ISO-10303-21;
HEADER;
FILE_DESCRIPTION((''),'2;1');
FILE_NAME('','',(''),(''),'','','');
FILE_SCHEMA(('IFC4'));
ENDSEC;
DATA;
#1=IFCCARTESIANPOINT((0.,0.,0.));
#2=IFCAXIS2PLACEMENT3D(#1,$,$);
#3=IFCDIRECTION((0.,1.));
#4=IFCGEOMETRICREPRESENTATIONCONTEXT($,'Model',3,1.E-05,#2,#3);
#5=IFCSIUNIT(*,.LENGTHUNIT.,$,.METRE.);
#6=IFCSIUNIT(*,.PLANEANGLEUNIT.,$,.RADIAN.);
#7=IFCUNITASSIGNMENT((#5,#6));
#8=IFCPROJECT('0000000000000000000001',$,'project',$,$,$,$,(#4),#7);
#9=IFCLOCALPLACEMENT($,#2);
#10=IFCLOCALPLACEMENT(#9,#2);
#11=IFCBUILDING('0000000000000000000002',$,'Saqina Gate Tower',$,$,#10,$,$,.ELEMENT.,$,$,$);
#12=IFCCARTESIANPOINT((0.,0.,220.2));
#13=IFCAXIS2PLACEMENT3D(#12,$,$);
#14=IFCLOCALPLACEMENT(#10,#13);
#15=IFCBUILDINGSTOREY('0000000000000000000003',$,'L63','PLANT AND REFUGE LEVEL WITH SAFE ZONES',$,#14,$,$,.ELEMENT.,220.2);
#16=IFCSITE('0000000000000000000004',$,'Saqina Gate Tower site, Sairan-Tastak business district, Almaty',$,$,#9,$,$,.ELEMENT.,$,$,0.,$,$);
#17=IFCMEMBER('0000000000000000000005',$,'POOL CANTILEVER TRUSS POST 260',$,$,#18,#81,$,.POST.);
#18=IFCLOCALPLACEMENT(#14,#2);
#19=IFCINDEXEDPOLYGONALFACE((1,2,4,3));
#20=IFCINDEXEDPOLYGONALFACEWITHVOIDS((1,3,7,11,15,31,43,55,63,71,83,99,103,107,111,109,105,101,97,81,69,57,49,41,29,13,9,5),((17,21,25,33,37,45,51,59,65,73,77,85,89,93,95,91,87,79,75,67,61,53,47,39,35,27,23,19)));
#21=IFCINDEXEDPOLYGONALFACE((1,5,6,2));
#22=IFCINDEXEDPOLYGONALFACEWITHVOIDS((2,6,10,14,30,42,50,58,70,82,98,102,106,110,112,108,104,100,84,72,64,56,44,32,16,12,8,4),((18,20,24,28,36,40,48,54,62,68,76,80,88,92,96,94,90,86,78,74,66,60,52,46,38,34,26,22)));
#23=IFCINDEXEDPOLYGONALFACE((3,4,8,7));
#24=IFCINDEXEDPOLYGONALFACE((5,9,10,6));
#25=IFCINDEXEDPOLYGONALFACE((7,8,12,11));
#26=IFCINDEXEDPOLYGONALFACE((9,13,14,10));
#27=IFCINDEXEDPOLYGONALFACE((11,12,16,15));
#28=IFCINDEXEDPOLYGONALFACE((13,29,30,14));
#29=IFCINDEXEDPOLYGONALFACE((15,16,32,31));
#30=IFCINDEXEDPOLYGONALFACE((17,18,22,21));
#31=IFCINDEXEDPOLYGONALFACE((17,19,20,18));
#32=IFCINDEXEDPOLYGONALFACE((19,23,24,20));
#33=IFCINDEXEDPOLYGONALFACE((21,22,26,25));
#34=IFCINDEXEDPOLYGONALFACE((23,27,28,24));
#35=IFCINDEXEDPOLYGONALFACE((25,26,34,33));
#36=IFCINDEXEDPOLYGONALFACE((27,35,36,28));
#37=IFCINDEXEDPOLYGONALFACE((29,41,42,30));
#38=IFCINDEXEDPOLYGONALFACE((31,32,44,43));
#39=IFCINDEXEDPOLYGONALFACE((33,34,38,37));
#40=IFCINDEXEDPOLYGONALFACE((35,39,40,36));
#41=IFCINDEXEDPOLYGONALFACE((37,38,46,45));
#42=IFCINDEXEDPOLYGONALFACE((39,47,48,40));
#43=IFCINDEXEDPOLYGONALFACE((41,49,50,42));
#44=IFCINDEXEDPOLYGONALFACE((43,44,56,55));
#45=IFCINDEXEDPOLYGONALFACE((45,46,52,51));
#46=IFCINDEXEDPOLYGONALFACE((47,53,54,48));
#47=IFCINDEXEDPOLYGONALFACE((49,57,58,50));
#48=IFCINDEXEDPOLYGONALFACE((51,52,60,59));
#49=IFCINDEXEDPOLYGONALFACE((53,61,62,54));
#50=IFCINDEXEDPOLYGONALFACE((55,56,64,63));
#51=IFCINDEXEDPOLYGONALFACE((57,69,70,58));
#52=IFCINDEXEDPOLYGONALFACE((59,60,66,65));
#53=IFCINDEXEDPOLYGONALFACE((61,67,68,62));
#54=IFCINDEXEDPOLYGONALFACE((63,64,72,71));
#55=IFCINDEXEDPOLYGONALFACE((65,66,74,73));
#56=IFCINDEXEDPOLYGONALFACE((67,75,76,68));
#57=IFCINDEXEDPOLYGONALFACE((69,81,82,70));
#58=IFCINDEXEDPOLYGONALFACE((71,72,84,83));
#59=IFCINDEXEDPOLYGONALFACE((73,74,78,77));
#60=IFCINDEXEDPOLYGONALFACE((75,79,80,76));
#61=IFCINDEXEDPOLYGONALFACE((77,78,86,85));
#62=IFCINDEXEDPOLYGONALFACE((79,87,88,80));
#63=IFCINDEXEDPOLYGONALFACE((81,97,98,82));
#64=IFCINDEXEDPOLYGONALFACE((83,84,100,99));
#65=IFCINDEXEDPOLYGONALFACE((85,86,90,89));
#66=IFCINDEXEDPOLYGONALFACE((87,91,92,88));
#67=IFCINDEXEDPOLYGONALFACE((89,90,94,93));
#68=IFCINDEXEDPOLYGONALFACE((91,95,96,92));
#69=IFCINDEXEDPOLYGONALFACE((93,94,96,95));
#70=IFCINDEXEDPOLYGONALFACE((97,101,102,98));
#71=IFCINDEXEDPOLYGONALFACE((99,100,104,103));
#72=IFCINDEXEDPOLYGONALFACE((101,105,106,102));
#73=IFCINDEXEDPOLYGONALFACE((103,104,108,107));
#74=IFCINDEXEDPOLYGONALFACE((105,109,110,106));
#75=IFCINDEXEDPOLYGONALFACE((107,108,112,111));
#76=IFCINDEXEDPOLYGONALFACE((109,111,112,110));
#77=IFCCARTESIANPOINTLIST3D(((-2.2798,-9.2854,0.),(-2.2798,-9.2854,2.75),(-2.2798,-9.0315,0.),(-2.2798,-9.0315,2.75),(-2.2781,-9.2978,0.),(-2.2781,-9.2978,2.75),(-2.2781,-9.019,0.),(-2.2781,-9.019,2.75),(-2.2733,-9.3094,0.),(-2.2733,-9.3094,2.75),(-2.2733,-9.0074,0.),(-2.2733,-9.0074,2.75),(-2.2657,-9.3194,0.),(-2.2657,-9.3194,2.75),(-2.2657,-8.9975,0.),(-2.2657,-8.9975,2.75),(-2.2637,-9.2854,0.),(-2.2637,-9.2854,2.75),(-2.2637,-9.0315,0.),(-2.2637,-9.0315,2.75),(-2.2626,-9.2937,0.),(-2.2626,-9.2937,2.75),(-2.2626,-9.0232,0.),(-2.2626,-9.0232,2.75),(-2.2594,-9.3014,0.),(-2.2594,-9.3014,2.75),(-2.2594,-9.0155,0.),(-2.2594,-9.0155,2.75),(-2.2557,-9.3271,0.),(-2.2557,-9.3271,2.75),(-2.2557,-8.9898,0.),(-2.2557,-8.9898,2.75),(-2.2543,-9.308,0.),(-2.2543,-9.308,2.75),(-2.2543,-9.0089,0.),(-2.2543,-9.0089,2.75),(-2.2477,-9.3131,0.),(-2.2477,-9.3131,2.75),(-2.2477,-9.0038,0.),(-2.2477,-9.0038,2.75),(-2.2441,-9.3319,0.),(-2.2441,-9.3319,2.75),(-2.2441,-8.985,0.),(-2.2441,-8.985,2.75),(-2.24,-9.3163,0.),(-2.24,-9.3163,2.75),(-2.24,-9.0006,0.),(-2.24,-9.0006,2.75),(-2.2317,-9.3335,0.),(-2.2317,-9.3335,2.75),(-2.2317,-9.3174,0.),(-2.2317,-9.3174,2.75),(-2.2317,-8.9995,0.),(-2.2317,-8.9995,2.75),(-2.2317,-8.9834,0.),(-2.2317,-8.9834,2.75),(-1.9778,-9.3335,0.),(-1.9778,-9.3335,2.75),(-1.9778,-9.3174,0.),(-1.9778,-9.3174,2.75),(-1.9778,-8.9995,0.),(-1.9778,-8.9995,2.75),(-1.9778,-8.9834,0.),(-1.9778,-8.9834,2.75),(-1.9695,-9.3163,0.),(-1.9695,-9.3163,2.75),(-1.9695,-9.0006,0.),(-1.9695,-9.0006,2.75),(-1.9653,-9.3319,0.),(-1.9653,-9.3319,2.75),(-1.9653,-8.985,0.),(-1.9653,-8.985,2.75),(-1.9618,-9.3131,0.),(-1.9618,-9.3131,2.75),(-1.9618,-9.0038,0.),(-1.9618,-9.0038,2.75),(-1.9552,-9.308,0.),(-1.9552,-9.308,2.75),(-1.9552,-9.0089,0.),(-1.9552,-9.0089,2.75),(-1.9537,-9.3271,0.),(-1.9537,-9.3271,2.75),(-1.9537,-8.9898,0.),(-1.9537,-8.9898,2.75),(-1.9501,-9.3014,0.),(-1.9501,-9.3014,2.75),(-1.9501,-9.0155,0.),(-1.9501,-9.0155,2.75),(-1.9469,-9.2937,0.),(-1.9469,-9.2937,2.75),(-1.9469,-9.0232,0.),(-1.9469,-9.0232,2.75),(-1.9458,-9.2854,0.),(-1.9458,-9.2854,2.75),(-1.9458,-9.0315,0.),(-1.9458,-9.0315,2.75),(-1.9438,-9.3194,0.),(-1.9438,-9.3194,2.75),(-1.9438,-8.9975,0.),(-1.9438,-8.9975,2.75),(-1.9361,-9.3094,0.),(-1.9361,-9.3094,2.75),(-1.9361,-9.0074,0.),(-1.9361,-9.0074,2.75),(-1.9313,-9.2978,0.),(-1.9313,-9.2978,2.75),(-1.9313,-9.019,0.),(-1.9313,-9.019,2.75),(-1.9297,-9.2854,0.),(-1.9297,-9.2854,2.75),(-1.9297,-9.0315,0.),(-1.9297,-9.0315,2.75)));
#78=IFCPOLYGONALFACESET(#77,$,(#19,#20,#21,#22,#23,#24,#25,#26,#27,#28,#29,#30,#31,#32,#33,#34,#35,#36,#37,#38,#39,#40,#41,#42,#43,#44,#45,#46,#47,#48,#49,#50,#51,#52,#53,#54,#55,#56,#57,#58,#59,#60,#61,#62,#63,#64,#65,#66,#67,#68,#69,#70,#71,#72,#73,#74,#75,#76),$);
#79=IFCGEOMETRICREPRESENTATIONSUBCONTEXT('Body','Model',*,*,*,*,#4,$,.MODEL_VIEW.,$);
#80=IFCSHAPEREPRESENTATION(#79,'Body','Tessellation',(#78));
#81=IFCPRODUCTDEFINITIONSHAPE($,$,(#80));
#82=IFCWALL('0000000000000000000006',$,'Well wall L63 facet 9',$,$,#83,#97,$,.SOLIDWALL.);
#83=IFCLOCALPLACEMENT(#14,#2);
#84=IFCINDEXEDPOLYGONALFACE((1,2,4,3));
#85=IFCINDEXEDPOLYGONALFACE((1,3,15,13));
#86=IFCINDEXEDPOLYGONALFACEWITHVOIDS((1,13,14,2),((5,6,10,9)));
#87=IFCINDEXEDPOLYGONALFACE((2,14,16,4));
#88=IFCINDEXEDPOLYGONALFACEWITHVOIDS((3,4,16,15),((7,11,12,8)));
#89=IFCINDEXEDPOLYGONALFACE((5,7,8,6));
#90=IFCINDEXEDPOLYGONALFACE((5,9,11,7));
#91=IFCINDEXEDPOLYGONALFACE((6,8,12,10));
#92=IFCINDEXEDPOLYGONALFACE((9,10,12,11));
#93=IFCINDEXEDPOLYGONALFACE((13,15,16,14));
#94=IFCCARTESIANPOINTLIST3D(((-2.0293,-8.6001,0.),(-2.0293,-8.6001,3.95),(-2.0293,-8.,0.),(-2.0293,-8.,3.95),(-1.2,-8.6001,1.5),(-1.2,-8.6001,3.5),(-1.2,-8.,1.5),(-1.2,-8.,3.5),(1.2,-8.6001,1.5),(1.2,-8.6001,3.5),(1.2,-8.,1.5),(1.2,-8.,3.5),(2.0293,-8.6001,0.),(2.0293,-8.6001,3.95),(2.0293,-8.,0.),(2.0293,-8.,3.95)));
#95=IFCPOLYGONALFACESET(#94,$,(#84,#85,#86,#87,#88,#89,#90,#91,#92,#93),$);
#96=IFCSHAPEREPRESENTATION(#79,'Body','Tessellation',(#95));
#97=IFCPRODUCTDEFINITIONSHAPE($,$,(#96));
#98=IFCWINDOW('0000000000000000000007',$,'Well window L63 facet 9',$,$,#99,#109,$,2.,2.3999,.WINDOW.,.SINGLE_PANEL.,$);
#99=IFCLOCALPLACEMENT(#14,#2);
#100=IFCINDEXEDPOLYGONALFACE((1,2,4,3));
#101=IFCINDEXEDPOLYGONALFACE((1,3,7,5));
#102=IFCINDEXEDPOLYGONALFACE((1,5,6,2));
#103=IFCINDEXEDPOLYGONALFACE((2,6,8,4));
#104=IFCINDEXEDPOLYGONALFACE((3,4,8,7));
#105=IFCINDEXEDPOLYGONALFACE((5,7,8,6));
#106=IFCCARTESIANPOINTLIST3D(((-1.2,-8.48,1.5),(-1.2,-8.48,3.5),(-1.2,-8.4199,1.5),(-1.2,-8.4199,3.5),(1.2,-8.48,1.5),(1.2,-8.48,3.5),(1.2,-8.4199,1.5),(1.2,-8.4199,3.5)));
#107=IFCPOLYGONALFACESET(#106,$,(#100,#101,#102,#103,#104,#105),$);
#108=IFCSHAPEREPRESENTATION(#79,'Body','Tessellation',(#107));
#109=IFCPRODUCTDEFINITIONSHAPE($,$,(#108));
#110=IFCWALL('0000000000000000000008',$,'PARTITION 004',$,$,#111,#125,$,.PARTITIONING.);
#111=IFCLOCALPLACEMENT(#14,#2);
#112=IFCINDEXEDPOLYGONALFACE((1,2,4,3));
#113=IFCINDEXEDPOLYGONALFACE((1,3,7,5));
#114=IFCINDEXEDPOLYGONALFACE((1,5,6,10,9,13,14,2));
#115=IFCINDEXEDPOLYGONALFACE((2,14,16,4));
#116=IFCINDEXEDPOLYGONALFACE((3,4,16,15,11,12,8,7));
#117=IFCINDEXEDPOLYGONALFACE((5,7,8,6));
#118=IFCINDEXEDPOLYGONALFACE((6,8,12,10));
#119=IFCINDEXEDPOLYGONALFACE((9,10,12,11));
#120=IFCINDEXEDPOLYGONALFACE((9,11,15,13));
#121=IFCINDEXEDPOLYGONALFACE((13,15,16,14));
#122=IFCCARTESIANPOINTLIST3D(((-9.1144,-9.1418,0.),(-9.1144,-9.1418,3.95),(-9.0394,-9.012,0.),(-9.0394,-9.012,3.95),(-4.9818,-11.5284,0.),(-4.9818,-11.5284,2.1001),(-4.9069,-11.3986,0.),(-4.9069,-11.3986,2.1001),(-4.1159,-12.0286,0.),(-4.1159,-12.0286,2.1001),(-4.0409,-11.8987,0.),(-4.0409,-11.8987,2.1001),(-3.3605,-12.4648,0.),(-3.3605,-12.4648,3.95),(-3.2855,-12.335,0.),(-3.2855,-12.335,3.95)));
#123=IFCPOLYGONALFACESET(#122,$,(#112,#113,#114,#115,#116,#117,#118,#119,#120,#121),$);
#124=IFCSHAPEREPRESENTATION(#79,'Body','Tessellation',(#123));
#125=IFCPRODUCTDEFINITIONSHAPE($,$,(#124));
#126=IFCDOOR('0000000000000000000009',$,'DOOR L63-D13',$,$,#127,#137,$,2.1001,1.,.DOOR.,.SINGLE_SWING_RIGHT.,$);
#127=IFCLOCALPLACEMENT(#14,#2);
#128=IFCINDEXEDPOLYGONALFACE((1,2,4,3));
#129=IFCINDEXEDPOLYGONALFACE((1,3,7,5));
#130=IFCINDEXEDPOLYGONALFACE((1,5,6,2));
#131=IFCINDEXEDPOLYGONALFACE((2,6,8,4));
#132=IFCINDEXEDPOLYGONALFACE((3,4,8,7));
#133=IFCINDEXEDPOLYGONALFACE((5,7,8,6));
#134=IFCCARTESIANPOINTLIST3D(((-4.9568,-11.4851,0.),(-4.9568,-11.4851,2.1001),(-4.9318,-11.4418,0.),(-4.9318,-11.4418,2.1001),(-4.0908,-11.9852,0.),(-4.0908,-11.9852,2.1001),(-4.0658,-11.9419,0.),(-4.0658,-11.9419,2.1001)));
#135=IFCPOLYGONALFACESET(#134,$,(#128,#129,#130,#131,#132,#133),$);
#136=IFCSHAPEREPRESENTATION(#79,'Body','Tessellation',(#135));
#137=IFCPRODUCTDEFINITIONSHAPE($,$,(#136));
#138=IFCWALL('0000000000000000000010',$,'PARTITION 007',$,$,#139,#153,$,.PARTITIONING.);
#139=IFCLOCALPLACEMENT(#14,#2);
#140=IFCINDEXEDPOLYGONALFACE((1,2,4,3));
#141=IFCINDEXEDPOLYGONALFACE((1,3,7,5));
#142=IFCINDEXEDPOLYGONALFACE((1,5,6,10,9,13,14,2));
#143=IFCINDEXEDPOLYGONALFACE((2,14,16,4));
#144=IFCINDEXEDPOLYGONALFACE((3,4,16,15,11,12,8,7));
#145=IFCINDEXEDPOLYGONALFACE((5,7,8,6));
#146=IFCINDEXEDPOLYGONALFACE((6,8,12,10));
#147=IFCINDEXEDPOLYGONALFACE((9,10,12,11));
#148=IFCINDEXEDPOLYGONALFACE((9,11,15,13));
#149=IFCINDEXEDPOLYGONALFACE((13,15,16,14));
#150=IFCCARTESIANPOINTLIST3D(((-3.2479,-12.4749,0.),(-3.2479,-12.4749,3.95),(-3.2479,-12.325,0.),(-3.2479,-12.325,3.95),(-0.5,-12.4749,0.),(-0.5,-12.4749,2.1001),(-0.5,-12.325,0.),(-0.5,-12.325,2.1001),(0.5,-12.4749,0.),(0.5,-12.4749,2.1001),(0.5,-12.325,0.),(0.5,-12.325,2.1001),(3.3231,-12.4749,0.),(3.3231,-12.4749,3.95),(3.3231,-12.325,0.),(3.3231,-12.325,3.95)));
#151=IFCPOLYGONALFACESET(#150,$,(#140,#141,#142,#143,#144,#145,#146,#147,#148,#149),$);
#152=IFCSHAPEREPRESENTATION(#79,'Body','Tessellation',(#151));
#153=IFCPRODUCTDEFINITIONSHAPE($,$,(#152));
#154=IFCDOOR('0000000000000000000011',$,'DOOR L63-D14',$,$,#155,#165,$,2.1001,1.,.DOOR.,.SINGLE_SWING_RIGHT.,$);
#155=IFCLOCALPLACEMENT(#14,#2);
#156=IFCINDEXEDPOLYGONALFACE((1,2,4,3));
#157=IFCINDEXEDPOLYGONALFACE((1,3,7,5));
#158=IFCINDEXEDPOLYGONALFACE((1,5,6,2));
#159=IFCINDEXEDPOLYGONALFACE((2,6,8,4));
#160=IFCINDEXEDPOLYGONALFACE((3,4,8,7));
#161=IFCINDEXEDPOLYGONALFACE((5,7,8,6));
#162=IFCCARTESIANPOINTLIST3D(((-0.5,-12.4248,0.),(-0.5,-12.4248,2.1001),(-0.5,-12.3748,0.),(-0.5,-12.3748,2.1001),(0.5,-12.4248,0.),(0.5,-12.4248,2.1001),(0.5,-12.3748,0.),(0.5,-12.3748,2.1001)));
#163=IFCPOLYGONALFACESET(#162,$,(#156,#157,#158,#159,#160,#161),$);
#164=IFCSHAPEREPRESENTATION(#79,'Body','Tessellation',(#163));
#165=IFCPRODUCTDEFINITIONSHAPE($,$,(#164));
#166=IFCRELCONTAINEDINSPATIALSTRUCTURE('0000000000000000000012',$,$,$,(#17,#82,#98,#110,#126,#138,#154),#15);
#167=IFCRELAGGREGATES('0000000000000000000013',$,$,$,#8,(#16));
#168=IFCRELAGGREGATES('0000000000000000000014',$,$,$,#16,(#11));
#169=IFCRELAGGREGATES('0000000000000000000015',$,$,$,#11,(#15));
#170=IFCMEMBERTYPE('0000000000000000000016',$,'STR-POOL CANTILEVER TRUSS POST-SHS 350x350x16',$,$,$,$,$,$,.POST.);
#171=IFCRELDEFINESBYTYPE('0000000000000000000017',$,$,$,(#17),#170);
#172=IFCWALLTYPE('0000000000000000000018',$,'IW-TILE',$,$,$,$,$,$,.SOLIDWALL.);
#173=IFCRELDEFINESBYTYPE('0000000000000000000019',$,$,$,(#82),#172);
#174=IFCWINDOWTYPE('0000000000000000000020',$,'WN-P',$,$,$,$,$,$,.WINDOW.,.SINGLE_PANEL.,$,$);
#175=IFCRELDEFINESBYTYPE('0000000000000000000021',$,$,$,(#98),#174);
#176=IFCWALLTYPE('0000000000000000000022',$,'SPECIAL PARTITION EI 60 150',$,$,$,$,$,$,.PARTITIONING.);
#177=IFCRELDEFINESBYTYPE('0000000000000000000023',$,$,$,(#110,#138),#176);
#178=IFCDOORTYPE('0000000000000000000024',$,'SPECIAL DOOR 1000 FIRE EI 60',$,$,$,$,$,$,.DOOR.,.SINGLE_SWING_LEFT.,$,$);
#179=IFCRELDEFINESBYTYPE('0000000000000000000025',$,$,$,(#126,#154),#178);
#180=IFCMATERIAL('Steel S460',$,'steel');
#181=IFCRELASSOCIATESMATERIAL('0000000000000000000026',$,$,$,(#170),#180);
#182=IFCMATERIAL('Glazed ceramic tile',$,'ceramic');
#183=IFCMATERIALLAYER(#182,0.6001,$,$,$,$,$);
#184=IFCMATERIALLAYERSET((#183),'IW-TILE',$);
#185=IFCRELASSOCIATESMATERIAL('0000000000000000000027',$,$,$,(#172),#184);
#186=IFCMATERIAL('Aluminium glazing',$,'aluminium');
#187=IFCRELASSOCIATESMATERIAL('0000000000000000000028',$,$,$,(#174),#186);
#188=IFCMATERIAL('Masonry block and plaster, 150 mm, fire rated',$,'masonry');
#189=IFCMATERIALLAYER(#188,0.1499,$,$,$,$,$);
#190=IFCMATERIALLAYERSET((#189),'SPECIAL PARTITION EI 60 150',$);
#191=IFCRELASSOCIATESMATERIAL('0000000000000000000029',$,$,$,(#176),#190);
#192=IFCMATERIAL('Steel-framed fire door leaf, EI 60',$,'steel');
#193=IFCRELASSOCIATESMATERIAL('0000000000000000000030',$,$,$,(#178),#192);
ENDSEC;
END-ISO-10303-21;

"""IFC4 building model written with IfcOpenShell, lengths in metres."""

from ifc_helpers import new_model, si_unit, direction, frame, frame_2d, origin, origin_2d, place, context, subcontext, project, spatial, rectangle, hollow_rectangle, extrude, material, layer, layer_set, material_profile, profile_set, type_object, element, fill, save


model = new_model("IFC4")

# Units and contexts
model_context = context("Model", 3, precision=1e-05, world=origin(), true_north=direction((0.0, 1.0)))
body_context = subcontext(model_context, "Body", "Model", "MODEL_VIEW")
ifc_project = project(units=[si_unit("LENGTHUNIT", "METRE"), si_unit("PLANEANGLEUNIT", "RADIAN")], contexts=[model_context])

# Site, building, storey
site_placement = place(None, origin())
site = spatial("IfcSite", under=ifc_project, at=site_placement, Name="Saqina Gate Tower site, Sairan-Tastak business district, Almaty", CompositionType="ELEMENT", RefElevation=0.0)
building_placement = place(site_placement, origin())
building = spatial("IfcBuilding", under=site, at=building_placement, Name="Saqina Gate Tower", CompositionType="ELEMENT")
storey_placement = place(building_placement, frame((0.0, 0.0, 220.2)))
storey = spatial("IfcBuildingStorey", under=building, at=storey_placement, Name="L63", Description="PLANT AND REFUGE LEVEL WITH SAFE ZONES", CompositionType="ELEMENT", Elevation=220.2)

# Member
ifc_material_1 = material(Name="Steel S460", Category="steel")
ifc_material_profile_1 = material_profile(ifc_material_1, hollow_rectangle(XDim=0.3501, YDim=0.3501, WallThickness=0.0161, InnerFilletRadius=0.032, OuterFilletRadius=0.0481, at=origin_2d()), Name="SHS 350x350x16")
ifc_profile_set_1 = profile_set([ifc_material_profile_1], Name="Steel S460")
member_type_1 = type_object("IfcMemberType", Name="STR-POOL CANTILEVER TRUSS POST-SHS 350x350x16", PredefinedType="POST", material=ifc_profile_set_1)
for number, where, z_axis, x_axis, name in (
    (1, (-2.1047, -9.1584, 0.0), (0.0, 0.0, 1.0), (1.0, 0.0, 0.0), "POOL CANTILEVER TRUSS POST 260"),
):
    element("IfcMember", number, at=place(storey_placement, frame(where, z_axis=z_axis, x_axis=x_axis)), inside=storey, type_object=member_type_1, Name=name, PredefinedType="POST", context=body_context, shape_type="SweptSolid", body=[
        extrude(hollow_rectangle(XDim=0.3501, YDim=0.3501, WallThickness=0.0161, InnerFilletRadius=0.032, OuterFilletRadius=0.0481, at=origin_2d()), origin(), (0.0, 0.0, 1.0), 2.75),
    ])

# Wall, opening, window
ifc_material_2 = material(Name="Glazed ceramic tile", Category="ceramic")
ifc_layer_1 = layer(ifc_material_2, 0.6001)
ifc_layer_set_1 = layer_set([ifc_layer_1], Name="IW-TILE")
wall_type_1 = type_object("IfcWallType", Name="IW-TILE", PredefinedType="SOLIDWALL", material=ifc_layer_set_1)
wall_1_placement = place(storey_placement, frame((-2.0293, -8.3, 0.0), z_axis=(0.0, 0.0, 1.0), x_axis=(1.0, 0.0, 0.0)))
wall_1 = element("IfcWall", 2, at=wall_1_placement, inside=storey, type_object=wall_type_1, Name="Well wall L63 facet 9", PredefinedType="SOLIDWALL", context=body_context, shape_type="SweptSolid", body=[
    extrude(rectangle(XDim=4.0586, YDim=0.6001, at=frame_2d((2.0293, 0.0))), origin(), (0.0, 0.0, 1.0), 3.95),
])
opening_1_placement = place(wall_1_placement, frame((0.8293, 0.0, 1.5)))
opening_1 = element("IfcOpeningElement", 3, at=opening_1_placement, cuts=wall_1, PredefinedType="OPENING", context=body_context, shape_type="SweptSolid", body=[
    extrude(rectangle(XDim=2.3999, YDim=2.0, at=frame_2d((1.2, 1.0))), frame((0.0, 0.312, 0.0), z_axis=(0.0, -1.0, 0.0), x_axis=(1.0, 0.0, 0.0)), (0.0, 0.0, 1.0), 0.624),
])
ifc_material_3 = material(Name="Aluminium glazing", Category="aluminium")
window_type = type_object("IfcWindowType", Name="WN-P", PartitioningType="SINGLE_PANEL", PredefinedType="WINDOW", material=ifc_material_3)
window_placement = place(opening_1_placement, origin())
window = element("IfcWindow", 4, at=window_placement, inside=storey, type_object=window_type, Name="Well window L63 facet 9", OverallHeight=2.0, OverallWidth=2.3999, PartitioningType="SINGLE_PANEL", PredefinedType="WINDOW", context=body_context, shape_type="SweptSolid", body=[
    extrude(rectangle(XDim=2.3999, YDim=2.0, at=frame_2d((1.2, 1.0))), frame((0.0, -0.1199, 0.0), z_axis=(0.0, -1.0, 0.0), x_axis=(1.0, 0.0, 0.0)), (0.0, 0.0, 1.0), 0.0601),
])
fill(opening_1, window)

# Walls, openings, doors
ifc_material_4 = material(Name="Masonry block and plaster, 150 mm, fire rated", Category="masonry")
ifc_layer_2 = layer(ifc_material_4, 0.1499)
ifc_layer_set_2 = layer_set([ifc_layer_2], Name="SPECIAL PARTITION EI 60 150")
wall_type_2 = type_object("IfcWallType", Name="SPECIAL PARTITION EI 60 150", PredefinedType="PARTITIONING", material=ifc_layer_set_2)
wall_2_placement = place(storey_placement, frame((-9.0769, -9.0769, 0.0), z_axis=(0.0, 0.0, 1.0), x_axis=(0.865962, -0.50011, 0.0)))
wall_2 = element("IfcWall", 5, at=wall_2_placement, inside=storey, type_object=wall_type_2, Name="PARTITION 004", PredefinedType="PARTITIONING", context=body_context, shape_type="SweptSolid", body=[
    extrude(rectangle(XDim=6.6445, YDim=0.1499, at=frame_2d((3.3223, 0.0))), origin(), (0.0, 0.0, 1.0), 3.95),
])
opening_2_placement = place(wall_2_placement, frame((4.7722, 0.0, 0.0)))
opening_2 = element("IfcOpeningElement", 6, at=opening_2_placement, cuts=wall_2, PredefinedType="OPENING", context=body_context, shape_type="SweptSolid", body=[
    extrude(rectangle(XDim=1.0, YDim=2.1001, at=frame_2d((0.5, 1.05))), frame((0.0, 0.0869, 0.0), z_axis=(0.0, -1.0, 0.0), x_axis=(1.0, 0.0, 0.0)), (0.0, 0.0, 1.0), 0.1738),
])
ifc_material_5 = material(Name="Steel-framed fire door leaf, EI 60", Category="steel")
door_type = type_object("IfcDoorType", Name="SPECIAL DOOR 1000 FIRE EI 60", OperationType="SINGLE_SWING_LEFT", PredefinedType="DOOR", material=ifc_material_5)
door_1_placement = place(opening_2_placement, frame((1.0, 0.0, 0.0), z_axis=(0.0, 0.0, 1.0), x_axis=(-1.0, 0.0, 0.0)))
door_1 = element("IfcDoor", 7, at=door_1_placement, inside=storey, type_object=door_type, Name="DOOR L63-D13", OperationType="SINGLE_SWING_RIGHT", OverallHeight=2.1001, OverallWidth=1.0, PredefinedType="DOOR", context=body_context, shape_type="SweptSolid", body=[
    extrude(rectangle(XDim=1.0, YDim=2.1001, at=frame_2d((0.5, 1.05))), frame((0.0, 0.0249, 0.0), z_axis=(0.0, -1.0, 0.0), x_axis=(1.0, 0.0, 0.0)), (0.0, 0.0, 1.0), 0.05),
])
fill(opening_2, door_1)
wall_3_placement = place(storey_placement, frame((-3.248, -12.3999, 0.0), z_axis=(0.0, 0.0, 1.0), x_axis=(1.0, 0.0, 0.0)))
wall_3 = element("IfcWall", 8, at=wall_3_placement, inside=storey, type_object=wall_type_2, Name="PARTITION 007", PredefinedType="PARTITIONING", context=body_context, shape_type="SweptSolid", body=[
    extrude(rectangle(XDim=6.571, YDim=0.1499, at=frame_2d((3.2856, 0.0))), origin(), (0.0, 0.0, 1.0), 3.95),
])
opening_3_placement = place(wall_3_placement, frame((2.748, 0.0, 0.0)))
opening_3 = element("IfcOpeningElement", 9, at=opening_3_placement, cuts=wall_3, PredefinedType="OPENING", context=body_context, shape_type="SweptSolid", body=[
    extrude(rectangle(XDim=1.0, YDim=2.1001, at=frame_2d((0.5, 1.05))), frame((0.0, 0.0869, 0.0), z_axis=(0.0, -1.0, 0.0), x_axis=(1.0, 0.0, 0.0)), (0.0, 0.0, 1.0), 0.1738),
])
door_2_placement = place(opening_3_placement, frame((1.0, 0.0, 0.0), z_axis=(0.0, 0.0, 1.0), x_axis=(-1.0, 0.0, 0.0)))
door_2 = element("IfcDoor", 10, at=door_2_placement, inside=storey, type_object=door_type, Name="DOOR L63-D14", OperationType="SINGLE_SWING_RIGHT", OverallHeight=2.1001, OverallWidth=1.0, PredefinedType="DOOR", context=body_context, shape_type="SweptSolid", body=[
    extrude(rectangle(XDim=1.0, YDim=2.1001, at=frame_2d((0.5, 1.05))), frame((0.0, 0.0249, 0.0), z_axis=(0.0, -1.0, 0.0), x_axis=(1.0, 0.0, 0.0)), (0.0, 0.0, 1.0), 0.05),
])
fill(opening_3, door_2)

save(model, "model.ifc")
